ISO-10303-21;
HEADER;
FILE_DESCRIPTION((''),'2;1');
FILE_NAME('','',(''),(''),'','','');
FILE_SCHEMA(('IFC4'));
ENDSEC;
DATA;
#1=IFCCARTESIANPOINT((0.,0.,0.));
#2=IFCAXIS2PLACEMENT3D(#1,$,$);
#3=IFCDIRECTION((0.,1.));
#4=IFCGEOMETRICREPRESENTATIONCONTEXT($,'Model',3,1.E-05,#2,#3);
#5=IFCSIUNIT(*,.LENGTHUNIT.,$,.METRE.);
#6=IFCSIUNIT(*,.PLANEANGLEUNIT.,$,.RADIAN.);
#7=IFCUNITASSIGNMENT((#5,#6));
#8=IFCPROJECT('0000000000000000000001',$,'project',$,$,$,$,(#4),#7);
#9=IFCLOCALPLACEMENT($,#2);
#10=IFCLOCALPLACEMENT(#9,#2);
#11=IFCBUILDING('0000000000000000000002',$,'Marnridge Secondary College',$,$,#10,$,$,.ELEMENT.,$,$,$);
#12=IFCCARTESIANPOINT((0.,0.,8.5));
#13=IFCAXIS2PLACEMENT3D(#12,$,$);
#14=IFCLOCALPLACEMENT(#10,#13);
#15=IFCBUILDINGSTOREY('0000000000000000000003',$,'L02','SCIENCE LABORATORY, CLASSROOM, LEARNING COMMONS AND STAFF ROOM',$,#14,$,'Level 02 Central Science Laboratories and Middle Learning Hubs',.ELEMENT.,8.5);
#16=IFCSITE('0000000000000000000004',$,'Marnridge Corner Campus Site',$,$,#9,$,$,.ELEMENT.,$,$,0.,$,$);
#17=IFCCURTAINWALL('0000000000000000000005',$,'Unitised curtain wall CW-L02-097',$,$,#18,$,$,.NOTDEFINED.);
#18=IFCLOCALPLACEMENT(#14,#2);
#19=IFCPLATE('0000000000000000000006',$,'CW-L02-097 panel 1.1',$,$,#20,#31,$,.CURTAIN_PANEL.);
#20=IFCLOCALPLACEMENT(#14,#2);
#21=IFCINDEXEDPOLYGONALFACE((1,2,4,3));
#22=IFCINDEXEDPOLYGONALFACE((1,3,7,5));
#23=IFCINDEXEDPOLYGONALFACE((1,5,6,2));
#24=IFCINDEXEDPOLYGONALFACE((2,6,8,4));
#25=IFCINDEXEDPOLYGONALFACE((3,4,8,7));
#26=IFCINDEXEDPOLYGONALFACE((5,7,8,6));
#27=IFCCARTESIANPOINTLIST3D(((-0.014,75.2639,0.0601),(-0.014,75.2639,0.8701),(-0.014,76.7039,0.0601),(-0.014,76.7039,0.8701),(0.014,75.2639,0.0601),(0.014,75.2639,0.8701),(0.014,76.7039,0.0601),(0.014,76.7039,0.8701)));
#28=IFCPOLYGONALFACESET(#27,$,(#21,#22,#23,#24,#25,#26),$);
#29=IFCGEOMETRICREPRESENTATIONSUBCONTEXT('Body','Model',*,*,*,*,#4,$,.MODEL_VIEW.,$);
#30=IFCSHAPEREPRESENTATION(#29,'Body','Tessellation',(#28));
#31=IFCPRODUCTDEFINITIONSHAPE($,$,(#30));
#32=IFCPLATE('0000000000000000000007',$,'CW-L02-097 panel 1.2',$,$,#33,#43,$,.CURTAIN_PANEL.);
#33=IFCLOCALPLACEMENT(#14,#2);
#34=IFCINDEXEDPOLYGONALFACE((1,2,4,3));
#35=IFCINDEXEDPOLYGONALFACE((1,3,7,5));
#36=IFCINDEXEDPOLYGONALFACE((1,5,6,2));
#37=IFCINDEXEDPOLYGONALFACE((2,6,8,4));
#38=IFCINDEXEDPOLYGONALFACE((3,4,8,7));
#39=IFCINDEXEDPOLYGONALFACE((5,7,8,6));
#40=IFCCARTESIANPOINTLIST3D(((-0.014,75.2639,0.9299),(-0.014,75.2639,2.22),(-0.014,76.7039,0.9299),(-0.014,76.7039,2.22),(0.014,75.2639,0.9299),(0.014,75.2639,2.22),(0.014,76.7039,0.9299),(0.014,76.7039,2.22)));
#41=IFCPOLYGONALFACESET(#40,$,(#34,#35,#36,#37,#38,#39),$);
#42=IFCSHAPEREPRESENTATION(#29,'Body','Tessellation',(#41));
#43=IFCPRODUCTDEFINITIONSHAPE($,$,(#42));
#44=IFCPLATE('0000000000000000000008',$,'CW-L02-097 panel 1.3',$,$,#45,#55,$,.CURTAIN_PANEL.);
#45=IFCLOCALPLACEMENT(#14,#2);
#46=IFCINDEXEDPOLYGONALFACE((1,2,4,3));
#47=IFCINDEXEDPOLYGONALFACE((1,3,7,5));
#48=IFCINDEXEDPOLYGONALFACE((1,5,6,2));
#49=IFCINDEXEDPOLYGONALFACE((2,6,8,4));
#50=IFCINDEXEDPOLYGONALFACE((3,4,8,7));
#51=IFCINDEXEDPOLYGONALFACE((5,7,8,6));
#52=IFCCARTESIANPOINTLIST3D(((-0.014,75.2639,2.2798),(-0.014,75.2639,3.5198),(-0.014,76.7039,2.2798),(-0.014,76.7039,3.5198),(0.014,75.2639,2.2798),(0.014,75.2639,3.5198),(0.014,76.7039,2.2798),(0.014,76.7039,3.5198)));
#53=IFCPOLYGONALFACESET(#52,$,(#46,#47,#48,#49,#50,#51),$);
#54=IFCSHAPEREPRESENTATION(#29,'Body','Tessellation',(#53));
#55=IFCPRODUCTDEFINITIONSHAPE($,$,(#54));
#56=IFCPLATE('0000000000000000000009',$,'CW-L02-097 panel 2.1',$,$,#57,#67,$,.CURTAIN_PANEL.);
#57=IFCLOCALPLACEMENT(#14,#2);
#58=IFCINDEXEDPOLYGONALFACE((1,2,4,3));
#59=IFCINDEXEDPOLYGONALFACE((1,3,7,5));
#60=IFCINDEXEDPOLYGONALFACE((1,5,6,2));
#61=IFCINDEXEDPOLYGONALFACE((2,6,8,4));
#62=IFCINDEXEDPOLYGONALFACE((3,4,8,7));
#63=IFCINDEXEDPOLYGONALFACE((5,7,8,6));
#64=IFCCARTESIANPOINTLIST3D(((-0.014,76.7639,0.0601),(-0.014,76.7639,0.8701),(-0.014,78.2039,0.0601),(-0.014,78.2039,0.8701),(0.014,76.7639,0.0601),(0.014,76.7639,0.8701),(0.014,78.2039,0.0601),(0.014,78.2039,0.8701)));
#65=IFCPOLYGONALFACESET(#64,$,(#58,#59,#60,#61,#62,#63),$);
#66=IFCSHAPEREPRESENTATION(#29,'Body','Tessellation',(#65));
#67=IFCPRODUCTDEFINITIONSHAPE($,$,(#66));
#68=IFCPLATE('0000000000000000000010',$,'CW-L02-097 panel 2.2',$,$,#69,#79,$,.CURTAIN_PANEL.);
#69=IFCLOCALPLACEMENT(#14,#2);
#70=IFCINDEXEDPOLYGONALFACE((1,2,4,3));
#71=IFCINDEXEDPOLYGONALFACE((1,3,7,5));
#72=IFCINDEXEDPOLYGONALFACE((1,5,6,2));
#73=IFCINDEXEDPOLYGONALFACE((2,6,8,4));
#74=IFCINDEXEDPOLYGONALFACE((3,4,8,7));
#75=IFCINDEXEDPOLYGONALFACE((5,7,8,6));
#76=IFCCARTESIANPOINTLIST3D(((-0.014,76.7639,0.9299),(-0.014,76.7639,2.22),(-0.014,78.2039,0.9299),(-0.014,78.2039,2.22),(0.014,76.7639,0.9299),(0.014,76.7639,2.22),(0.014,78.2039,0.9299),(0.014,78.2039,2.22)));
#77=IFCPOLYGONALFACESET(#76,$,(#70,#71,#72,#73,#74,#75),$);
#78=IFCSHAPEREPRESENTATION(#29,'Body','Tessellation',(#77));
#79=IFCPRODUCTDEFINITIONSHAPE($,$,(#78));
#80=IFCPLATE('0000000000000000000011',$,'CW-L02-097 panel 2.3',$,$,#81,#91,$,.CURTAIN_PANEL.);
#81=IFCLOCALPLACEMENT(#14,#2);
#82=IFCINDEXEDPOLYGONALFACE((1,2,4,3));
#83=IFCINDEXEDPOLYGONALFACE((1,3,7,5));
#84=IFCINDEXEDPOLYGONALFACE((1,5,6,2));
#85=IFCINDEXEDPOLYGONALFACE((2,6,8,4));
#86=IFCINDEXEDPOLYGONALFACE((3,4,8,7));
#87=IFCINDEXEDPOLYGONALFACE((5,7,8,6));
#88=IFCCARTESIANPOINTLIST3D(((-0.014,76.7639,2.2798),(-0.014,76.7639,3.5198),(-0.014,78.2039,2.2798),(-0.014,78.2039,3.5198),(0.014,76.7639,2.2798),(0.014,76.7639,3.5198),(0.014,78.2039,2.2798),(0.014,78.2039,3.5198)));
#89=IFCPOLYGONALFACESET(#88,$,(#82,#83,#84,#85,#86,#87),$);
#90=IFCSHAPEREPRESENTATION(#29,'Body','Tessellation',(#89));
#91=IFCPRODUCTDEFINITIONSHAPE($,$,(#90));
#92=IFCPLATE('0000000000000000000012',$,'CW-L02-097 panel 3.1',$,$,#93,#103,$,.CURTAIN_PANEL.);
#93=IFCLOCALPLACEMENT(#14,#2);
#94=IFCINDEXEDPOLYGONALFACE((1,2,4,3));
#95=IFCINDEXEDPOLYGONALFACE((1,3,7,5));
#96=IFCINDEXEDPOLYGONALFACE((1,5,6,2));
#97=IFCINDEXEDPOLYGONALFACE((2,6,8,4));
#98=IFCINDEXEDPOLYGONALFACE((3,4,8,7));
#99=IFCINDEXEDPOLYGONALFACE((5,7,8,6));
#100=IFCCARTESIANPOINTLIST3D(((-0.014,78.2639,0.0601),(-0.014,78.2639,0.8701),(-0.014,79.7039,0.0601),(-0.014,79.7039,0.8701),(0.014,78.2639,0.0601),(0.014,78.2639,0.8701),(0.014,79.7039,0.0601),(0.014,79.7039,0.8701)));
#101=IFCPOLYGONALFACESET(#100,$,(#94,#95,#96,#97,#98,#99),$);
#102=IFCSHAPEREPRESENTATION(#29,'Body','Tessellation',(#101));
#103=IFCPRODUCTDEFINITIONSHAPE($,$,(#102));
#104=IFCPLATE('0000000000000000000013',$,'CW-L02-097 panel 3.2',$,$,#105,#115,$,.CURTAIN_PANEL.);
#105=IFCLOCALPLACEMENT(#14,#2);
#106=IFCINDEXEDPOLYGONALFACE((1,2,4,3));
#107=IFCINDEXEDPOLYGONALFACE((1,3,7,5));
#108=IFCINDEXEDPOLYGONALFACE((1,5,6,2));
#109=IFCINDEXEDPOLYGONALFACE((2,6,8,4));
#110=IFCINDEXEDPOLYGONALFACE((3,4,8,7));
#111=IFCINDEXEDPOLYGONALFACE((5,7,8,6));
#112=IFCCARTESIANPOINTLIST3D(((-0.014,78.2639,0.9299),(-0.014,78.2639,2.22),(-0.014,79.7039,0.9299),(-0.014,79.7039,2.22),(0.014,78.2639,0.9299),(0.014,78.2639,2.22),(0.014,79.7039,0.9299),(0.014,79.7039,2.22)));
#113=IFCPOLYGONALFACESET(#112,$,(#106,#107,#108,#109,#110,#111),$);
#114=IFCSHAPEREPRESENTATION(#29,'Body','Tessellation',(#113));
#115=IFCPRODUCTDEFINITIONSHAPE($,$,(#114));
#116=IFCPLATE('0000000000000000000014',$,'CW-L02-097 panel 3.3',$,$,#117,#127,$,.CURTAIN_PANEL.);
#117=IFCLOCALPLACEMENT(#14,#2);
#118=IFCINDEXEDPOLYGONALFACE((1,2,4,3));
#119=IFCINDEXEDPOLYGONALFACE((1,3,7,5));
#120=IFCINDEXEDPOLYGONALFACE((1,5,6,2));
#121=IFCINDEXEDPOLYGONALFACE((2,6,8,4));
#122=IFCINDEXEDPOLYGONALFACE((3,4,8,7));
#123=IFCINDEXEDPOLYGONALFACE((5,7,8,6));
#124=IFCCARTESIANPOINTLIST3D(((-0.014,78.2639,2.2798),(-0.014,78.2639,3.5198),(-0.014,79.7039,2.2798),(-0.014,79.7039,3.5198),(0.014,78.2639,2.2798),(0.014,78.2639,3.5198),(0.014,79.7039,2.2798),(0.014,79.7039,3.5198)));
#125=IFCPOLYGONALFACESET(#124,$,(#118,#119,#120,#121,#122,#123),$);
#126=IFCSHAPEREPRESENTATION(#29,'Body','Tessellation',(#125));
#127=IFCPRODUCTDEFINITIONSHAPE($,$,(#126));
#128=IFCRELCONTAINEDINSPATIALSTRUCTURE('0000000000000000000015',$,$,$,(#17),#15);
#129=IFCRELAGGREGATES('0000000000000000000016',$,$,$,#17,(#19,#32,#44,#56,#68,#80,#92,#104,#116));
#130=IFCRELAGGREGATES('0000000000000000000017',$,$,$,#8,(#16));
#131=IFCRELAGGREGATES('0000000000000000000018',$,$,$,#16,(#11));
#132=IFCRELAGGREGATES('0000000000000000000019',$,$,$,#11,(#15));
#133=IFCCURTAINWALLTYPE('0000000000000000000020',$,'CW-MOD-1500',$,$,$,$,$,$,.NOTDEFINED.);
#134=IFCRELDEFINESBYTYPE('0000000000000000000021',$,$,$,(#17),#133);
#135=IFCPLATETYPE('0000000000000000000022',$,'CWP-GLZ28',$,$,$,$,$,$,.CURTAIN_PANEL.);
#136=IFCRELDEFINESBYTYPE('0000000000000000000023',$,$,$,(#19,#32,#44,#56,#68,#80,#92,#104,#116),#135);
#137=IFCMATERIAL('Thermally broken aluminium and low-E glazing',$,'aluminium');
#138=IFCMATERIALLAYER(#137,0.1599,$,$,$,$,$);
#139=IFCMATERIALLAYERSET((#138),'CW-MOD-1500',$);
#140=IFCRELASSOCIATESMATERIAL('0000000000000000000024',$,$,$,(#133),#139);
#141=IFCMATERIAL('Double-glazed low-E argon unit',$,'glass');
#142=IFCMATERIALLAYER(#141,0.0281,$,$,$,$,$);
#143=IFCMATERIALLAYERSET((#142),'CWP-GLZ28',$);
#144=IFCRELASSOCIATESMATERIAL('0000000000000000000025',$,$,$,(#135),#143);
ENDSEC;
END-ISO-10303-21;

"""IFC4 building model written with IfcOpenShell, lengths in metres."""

from ifc_helpers import new_model, si_unit, direction, frame, origin, origin_2d, place, context, subcontext, project, spatial, rectangle, extrude, material, layer, layer_set, type_object, element, aggregate, save


model = new_model("IFC4")

# Units and contexts
model_context = context("Model", 3, precision=1e-05, world=origin(), true_north=direction((0.0, 1.0)))
body_context = subcontext(model_context, "Body", "Model", "MODEL_VIEW")
ifc_project = project(units=[si_unit("LENGTHUNIT", "METRE"), si_unit("PLANEANGLEUNIT", "RADIAN")], contexts=[model_context])

# Site, building, storey
site_placement = place(None, origin())
site = spatial("IfcSite", under=ifc_project, at=site_placement, Name="Marnridge Corner Campus Site", CompositionType="ELEMENT", RefElevation=0.0)
building_placement = place(site_placement, origin())
building = spatial("IfcBuilding", under=site, at=building_placement, Name="Marnridge Secondary College", CompositionType="ELEMENT")
storey_placement = place(building_placement, frame((0.0, 0.0, 8.5)))
storey = spatial("IfcBuildingStorey", under=building, at=storey_placement, Name="L02", Description="SCIENCE LABORATORY, CLASSROOM, LEARNING COMMONS AND STAFF ROOM", LongName="Level 02 Central Science Laboratories and Middle Learning Hubs", CompositionType="ELEMENT", Elevation=8.5)

# Curtain wall, plates
ifc_material_1 = material(Name="Thermally broken aluminium and low-E glazing", Category="aluminium")
ifc_layer_1 = layer(ifc_material_1, 0.1599)
ifc_layer_set_1 = layer_set([ifc_layer_1], Name="CW-MOD-1500")
curtain_wall_type = type_object("IfcCurtainWallType", Name="CW-MOD-1500", PredefinedType="NOTDEFINED", material=ifc_layer_set_1)
curtain_wall_placement = place(storey_placement, origin())
curtain_wall = element("IfcCurtainWall", 1, at=curtain_wall_placement, inside=storey, type_object=curtain_wall_type, Name="Unitised curtain wall CW-L02-097", PredefinedType="NOTDEFINED")
ifc_material_2 = material(Name="Double-glazed low-E argon unit", Category="glass")
ifc_layer_2 = layer(ifc_material_2, 0.0281)
ifc_layer_set_2 = layer_set([ifc_layer_2], Name="CWP-GLZ28")
plate_type = type_object("IfcPlateType", Name="CWP-GLZ28", PredefinedType="CURTAIN_PANEL", material=ifc_layer_set_2)
plate_1_placement = place(storey_placement, frame((0.0, 75.9839, 0.0601), z_axis=(0.0, 0.0, 1.0), x_axis=(0.0, 1.0, 0.0)))
plate_1 = element("IfcPlate", 2, at=plate_1_placement, type_object=plate_type, Name="CW-L02-097 panel 1.1", PredefinedType="CURTAIN_PANEL", context=body_context, shape_type="SweptSolid", body=[
    extrude(rectangle(XDim=1.4399, YDim=0.0281, at=origin_2d()), origin(), (0.0, 0.0, 1.0), 0.8101),
])
plate_2_placement = place(storey_placement, frame((0.0, 75.9839, 0.9299), z_axis=(0.0, 0.0, 1.0), x_axis=(0.0, 1.0, 0.0)))
plate_2 = element("IfcPlate", 3, at=plate_2_placement, type_object=plate_type, Name="CW-L02-097 panel 1.2", PredefinedType="CURTAIN_PANEL", context=body_context, shape_type="SweptSolid", body=[
    extrude(rectangle(XDim=1.4399, YDim=0.0281, at=origin_2d()), origin(), (0.0, 0.0, 1.0), 1.29),
])
plate_3_placement = place(storey_placement, frame((0.0, 75.9839, 2.2798), z_axis=(0.0, 0.0, 1.0), x_axis=(0.0, 1.0, 0.0)))
plate_3 = element("IfcPlate", 4, at=plate_3_placement, type_object=plate_type, Name="CW-L02-097 panel 1.3", PredefinedType="CURTAIN_PANEL", context=body_context, shape_type="SweptSolid", body=[
    extrude(rectangle(XDim=1.4399, YDim=0.0281, at=origin_2d()), origin(), (0.0, 0.0, 1.0), 1.24),
])
plate_4_placement = place(storey_placement, frame((0.0, 77.4839, 0.0601), z_axis=(0.0, 0.0, 1.0), x_axis=(0.0, 1.0, 0.0)))
plate_4 = element("IfcPlate", 5, at=plate_4_placement, type_object=plate_type, Name="CW-L02-097 panel 2.1", PredefinedType="CURTAIN_PANEL", context=body_context, shape_type="SweptSolid", body=[
    extrude(rectangle(XDim=1.4399, YDim=0.0281, at=origin_2d()), origin(), (0.0, 0.0, 1.0), 0.8101),
])
plate_5_placement = place(storey_placement, frame((0.0, 77.4839, 0.9299), z_axis=(0.0, 0.0, 1.0), x_axis=(0.0, 1.0, 0.0)))
plate_5 = element("IfcPlate", 6, at=plate_5_placement, type_object=plate_type, Name="CW-L02-097 panel 2.2", PredefinedType="CURTAIN_PANEL", context=body_context, shape_type="SweptSolid", body=[
    extrude(rectangle(XDim=1.4399, YDim=0.0281, at=origin_2d()), origin(), (0.0, 0.0, 1.0), 1.29),
])
plate_6_placement = place(storey_placement, frame((0.0, 77.4839, 2.2798), z_axis=(0.0, 0.0, 1.0), x_axis=(0.0, 1.0, 0.0)))
plate_6 = element("IfcPlate", 7, at=plate_6_placement, type_object=plate_type, Name="CW-L02-097 panel 2.3", PredefinedType="CURTAIN_PANEL", context=body_context, shape_type="SweptSolid", body=[
    extrude(rectangle(XDim=1.4399, YDim=0.0281, at=origin_2d()), origin(), (0.0, 0.0, 1.0), 1.24),
])
plate_7_placement = place(storey_placement, frame((0.0, 78.9839, 0.0601), z_axis=(0.0, 0.0, 1.0), x_axis=(0.0, 1.0, 0.0)))
plate_7 = element("IfcPlate", 8, at=plate_7_placement, type_object=plate_type, Name="CW-L02-097 panel 3.1", PredefinedType="CURTAIN_PANEL", context=body_context, shape_type="SweptSolid", body=[
    extrude(rectangle(XDim=1.4399, YDim=0.0281, at=origin_2d()), origin(), (0.0, 0.0, 1.0), 0.8101),
])
plate_8_placement = place(storey_placement, frame((0.0, 78.9839, 0.9299), z_axis=(0.0, 0.0, 1.0), x_axis=(0.0, 1.0, 0.0)))
plate_8 = element("IfcPlate", 9, at=plate_8_placement, type_object=plate_type, Name="CW-L02-097 panel 3.2", PredefinedType="CURTAIN_PANEL", context=body_context, shape_type="SweptSolid", body=[
    extrude(rectangle(XDim=1.4399, YDim=0.0281, at=origin_2d()), origin(), (0.0, 0.0, 1.0), 1.29),
])
plate_9_placement = place(storey_placement, frame((0.0, 78.9839, 2.2798), z_axis=(0.0, 0.0, 1.0), x_axis=(0.0, 1.0, 0.0)))
plate_9 = element("IfcPlate", 10, at=plate_9_placement, type_object=plate_type, Name="CW-L02-097 panel 3.3", PredefinedType="CURTAIN_PANEL", context=body_context, shape_type="SweptSolid", body=[
    extrude(rectangle(XDim=1.4399, YDim=0.0281, at=origin_2d()), origin(), (0.0, 0.0, 1.0), 1.24),
])
aggregate(curtain_wall, [plate_1, plate_2, plate_3, plate_4, plate_5, plate_6, plate_7, plate_8, plate_9])

save(model, "model.ifc")
